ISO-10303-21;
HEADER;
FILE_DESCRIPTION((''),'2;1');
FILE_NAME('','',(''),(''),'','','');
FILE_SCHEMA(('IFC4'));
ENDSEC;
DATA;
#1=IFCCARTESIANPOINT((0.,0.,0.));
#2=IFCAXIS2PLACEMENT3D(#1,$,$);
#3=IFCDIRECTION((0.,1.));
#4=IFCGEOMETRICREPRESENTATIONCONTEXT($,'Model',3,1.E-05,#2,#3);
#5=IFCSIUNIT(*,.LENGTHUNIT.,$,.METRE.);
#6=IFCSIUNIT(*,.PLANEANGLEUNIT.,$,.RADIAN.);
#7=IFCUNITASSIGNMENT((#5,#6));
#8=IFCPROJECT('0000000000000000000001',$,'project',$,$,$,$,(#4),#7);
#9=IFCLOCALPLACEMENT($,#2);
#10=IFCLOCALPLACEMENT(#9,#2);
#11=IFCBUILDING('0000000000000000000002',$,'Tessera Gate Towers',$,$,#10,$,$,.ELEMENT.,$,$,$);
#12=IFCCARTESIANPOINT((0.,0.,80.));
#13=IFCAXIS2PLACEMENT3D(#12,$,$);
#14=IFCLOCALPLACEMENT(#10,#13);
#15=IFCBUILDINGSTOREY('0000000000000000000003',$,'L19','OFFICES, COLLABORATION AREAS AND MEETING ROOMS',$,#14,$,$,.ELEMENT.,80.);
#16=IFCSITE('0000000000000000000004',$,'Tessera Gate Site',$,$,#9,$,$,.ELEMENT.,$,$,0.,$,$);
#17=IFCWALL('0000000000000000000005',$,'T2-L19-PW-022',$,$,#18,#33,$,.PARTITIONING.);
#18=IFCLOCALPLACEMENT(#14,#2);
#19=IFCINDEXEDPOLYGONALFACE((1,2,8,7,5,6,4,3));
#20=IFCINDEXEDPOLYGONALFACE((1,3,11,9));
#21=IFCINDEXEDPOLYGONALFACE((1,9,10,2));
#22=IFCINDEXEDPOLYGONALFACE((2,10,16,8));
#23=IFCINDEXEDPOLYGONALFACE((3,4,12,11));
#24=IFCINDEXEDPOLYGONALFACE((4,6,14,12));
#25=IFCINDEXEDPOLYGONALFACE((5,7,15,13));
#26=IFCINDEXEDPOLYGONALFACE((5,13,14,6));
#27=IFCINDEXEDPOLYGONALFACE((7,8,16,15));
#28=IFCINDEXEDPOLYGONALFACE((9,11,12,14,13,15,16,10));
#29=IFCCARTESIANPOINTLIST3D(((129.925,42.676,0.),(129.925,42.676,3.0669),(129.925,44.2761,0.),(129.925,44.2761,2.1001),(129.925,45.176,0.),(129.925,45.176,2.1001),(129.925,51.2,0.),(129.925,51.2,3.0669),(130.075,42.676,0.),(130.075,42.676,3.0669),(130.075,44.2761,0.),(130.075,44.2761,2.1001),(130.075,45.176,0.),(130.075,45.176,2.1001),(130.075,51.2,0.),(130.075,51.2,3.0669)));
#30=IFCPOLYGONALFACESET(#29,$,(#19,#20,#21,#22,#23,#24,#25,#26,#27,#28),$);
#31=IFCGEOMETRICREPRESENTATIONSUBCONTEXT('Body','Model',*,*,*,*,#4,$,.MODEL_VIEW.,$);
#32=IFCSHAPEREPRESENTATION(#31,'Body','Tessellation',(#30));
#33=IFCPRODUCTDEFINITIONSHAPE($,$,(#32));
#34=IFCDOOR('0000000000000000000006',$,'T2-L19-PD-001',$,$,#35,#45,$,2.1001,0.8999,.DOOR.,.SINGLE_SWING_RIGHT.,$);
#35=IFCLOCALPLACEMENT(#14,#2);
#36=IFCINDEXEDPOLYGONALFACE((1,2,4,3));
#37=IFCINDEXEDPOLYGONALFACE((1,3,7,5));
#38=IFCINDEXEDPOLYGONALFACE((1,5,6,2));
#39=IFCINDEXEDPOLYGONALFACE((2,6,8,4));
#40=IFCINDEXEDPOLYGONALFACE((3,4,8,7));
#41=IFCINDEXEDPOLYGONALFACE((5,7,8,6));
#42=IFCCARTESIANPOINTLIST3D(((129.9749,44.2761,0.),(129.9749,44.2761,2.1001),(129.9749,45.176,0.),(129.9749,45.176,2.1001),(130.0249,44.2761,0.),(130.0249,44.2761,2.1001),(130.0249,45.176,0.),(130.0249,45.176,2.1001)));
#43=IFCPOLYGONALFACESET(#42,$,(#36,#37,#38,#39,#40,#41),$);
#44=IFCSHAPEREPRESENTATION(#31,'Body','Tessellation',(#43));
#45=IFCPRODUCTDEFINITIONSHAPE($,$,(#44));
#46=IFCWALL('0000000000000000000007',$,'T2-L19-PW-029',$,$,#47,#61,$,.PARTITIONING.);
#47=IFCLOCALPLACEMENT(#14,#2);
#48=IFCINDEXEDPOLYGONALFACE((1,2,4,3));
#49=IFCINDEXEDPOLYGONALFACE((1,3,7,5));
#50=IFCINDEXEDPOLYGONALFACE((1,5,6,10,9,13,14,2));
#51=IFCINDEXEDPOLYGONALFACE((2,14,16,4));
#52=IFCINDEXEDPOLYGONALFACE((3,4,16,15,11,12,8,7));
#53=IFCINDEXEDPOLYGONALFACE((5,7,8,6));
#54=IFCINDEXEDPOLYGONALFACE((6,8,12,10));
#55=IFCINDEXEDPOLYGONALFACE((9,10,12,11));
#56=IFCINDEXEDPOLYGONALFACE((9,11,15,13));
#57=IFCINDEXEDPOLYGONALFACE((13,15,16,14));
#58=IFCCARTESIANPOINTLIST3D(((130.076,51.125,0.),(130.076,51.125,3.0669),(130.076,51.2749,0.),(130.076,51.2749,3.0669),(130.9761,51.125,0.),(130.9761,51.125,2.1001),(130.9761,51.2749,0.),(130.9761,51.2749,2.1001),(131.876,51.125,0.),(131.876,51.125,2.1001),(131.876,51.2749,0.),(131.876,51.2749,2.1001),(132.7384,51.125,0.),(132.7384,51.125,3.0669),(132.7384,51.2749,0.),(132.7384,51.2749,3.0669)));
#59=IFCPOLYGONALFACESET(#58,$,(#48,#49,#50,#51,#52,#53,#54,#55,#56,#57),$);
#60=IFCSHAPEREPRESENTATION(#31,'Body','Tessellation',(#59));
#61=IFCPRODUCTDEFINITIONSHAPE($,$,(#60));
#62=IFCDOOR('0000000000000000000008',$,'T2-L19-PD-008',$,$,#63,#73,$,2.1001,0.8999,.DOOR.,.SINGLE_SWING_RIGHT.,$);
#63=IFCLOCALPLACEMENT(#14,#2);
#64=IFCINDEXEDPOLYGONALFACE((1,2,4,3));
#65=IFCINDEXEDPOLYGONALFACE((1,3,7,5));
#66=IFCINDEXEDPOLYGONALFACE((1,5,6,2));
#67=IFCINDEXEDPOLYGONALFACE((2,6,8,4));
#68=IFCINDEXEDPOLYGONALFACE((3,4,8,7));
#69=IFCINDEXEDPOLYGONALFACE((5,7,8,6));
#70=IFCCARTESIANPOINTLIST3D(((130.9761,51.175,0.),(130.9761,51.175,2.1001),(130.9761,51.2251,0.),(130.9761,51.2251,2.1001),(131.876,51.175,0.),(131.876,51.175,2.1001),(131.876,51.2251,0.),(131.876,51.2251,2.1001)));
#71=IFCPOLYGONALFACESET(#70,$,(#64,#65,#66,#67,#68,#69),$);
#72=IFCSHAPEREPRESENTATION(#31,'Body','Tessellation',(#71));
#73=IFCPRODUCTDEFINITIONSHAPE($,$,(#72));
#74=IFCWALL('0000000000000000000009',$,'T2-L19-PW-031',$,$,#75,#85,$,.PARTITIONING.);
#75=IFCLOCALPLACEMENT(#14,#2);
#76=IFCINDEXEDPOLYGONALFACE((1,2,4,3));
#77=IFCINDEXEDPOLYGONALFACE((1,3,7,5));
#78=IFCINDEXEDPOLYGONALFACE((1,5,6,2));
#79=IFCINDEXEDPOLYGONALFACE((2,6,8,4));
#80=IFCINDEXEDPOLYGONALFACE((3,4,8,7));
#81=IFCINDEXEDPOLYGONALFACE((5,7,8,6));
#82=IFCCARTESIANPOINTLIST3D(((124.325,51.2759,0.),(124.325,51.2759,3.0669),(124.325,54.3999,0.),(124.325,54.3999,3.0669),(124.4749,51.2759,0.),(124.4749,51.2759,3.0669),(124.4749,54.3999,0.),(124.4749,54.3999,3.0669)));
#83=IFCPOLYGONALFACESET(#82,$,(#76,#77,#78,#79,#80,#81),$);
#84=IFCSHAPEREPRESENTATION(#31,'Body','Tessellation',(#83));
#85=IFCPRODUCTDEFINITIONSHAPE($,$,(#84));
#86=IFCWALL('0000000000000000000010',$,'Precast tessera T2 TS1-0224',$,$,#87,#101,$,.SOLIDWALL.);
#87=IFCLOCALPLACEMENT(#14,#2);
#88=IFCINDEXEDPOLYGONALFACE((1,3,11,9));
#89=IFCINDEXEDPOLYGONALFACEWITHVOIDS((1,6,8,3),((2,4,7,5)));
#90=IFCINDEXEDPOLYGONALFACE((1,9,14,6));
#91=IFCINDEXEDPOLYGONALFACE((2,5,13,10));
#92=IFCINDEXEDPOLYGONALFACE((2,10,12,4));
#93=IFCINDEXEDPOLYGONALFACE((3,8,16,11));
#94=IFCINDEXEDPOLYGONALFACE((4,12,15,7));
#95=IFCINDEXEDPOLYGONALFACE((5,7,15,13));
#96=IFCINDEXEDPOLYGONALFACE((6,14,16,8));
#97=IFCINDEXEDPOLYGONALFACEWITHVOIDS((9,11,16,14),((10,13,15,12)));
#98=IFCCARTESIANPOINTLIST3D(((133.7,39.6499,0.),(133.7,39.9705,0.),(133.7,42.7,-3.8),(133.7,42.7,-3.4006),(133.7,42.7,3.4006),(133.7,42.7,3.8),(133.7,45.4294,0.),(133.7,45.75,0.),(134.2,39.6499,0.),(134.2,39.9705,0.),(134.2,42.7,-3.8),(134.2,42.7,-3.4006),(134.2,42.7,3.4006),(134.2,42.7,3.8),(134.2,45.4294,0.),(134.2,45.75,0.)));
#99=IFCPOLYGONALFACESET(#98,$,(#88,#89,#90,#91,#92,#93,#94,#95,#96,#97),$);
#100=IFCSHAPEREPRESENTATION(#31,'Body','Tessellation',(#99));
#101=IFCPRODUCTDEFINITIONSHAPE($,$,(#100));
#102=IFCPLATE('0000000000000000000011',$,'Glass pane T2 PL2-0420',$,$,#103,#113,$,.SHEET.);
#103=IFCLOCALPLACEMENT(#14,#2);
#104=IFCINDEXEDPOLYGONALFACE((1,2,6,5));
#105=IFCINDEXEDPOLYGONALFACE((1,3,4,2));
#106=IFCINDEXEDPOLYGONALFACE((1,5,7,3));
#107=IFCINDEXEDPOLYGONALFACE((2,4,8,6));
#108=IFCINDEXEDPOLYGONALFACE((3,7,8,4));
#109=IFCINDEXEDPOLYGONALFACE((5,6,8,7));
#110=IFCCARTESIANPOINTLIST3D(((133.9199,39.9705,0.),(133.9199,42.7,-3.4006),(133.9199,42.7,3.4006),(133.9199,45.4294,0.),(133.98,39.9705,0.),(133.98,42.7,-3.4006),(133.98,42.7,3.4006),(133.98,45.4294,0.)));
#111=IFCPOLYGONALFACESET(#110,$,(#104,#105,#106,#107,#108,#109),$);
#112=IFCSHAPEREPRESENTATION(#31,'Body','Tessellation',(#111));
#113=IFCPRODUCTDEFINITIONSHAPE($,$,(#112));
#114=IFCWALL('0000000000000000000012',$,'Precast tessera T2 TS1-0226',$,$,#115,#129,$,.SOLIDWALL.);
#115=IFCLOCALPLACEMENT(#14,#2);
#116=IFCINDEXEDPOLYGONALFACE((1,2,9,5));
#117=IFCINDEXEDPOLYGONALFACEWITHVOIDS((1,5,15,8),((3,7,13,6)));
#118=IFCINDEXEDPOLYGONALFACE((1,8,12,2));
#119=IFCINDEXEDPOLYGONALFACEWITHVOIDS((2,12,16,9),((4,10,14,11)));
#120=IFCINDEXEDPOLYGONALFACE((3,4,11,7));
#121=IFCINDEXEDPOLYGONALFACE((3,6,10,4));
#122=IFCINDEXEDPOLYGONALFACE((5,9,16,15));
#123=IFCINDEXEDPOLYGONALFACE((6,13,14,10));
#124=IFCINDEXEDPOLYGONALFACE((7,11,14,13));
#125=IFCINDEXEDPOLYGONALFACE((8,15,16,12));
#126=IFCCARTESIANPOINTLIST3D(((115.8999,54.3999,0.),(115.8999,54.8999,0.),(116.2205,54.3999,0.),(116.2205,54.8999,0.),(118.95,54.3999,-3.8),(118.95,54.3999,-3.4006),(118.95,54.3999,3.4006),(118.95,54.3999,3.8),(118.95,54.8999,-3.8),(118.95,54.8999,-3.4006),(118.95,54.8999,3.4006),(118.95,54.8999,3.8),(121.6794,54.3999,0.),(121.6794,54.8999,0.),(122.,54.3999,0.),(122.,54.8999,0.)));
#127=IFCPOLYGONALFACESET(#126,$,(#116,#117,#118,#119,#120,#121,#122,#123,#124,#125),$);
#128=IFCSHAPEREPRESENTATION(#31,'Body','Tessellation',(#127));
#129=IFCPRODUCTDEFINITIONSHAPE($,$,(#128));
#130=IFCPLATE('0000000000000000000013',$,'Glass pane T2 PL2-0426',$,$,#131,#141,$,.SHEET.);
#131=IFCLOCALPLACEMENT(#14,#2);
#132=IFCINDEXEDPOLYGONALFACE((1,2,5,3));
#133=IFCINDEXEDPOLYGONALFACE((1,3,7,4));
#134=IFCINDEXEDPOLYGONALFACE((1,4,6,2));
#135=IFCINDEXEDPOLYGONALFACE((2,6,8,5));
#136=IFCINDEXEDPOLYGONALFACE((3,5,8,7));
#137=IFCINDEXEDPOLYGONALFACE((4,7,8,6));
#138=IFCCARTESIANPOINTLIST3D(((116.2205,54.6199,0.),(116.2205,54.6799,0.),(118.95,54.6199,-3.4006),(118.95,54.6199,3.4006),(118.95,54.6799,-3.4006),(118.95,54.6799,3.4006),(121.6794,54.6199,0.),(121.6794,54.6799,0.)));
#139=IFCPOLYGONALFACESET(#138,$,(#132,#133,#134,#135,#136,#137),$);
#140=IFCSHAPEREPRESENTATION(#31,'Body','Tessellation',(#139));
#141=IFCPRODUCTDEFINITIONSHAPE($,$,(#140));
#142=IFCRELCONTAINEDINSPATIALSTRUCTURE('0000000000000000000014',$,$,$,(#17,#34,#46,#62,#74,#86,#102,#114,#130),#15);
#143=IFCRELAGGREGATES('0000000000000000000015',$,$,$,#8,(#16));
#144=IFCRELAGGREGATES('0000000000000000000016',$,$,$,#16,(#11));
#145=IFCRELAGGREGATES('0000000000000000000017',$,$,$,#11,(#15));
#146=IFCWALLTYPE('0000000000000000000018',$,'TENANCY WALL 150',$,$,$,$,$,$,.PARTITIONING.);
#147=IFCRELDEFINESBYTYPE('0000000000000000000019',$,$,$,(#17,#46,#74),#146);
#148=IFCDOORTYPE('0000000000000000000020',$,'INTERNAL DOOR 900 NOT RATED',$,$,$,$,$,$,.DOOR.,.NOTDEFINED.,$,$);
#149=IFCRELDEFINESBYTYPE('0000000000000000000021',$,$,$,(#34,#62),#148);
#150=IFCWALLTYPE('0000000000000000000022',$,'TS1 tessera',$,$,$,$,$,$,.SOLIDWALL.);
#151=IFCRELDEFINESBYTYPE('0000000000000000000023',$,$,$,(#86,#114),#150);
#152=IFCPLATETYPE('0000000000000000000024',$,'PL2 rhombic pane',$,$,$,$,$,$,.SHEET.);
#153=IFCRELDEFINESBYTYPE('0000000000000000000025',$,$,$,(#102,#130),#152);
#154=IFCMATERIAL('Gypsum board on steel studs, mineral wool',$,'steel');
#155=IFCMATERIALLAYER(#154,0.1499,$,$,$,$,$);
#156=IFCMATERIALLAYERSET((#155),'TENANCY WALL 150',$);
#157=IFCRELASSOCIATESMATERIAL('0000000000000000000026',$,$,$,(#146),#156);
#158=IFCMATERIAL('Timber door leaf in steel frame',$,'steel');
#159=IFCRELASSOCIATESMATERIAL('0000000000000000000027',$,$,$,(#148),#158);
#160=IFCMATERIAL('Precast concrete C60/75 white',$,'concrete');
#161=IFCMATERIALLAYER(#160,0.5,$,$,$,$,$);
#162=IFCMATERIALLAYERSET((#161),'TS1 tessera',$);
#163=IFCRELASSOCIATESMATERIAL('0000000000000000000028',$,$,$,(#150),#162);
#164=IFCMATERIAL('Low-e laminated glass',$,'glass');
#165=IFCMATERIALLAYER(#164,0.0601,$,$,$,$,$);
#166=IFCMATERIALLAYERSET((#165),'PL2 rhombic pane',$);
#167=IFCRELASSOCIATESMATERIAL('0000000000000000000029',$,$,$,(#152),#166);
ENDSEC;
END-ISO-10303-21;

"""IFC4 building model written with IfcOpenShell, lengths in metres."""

from ifc_helpers import new_model, si_unit, direction, frame, frame_2d, origin, place, context, subcontext, project, spatial, polyline, rectangle, outline, extrude, source, transform, mapped, material, layer, layer_set, type_object, element, fill, save


model = new_model("IFC4")

# Units and contexts
model_context = context("Model", 3, precision=1e-05, world=origin(), true_north=direction((0.0, 1.0)))
body_context = subcontext(model_context, "Body", "Model", "MODEL_VIEW")
ifc_project = project(units=[si_unit("LENGTHUNIT", "METRE"), si_unit("PLANEANGLEUNIT", "RADIAN")], contexts=[model_context])

# Site, building, storey
site_placement = place(None, origin())
site = spatial("IfcSite", under=ifc_project, at=site_placement, Name="Tessera Gate Site", CompositionType="ELEMENT", RefElevation=0.0)
building_placement = place(site_placement, origin())
building = spatial("IfcBuilding", under=site, at=building_placement, Name="Tessera Gate Towers", CompositionType="ELEMENT")
storey_placement = place(building_placement, frame((0.0, 0.0, 80.0)))
storey = spatial("IfcBuildingStorey", under=building, at=storey_placement, Name="L19", Description="OFFICES, COLLABORATION AREAS AND MEETING ROOMS", CompositionType="ELEMENT", Elevation=80.0)

# Shared definitions
ifc_material_1 = material(Name="Gypsum board on steel studs, mineral wool", Category="steel")
ifc_layer_1 = layer(ifc_material_1, 0.1499)
ifc_layer_set_1 = layer_set([ifc_layer_1], Name="TENANCY WALL 150")
wall_type_1 = type_object("IfcWallType", Name="TENANCY WALL 150", PredefinedType="PARTITIONING", material=ifc_layer_set_1)
shared_shape_1 = source(origin(), body_context, "Body", "SweptSolid", [
    extrude(rectangle(XDim=0.8999, YDim=2.1001, at=frame_2d((0.45, 1.05))), frame((0.0, 0.085, 0.0), z_axis=(0.0, -1.0, 0.0), x_axis=(1.0, 0.0, 0.0)), (0.0, 0.0, 1.0), 0.1699),
])
ifc_material_2 = material(Name="Timber door leaf in steel frame", Category="steel")
door_type_1 = type_object("IfcDoorType", Name="INTERNAL DOOR 900 NOT RATED", OperationType="NOTDEFINED", PredefinedType="DOOR", material=ifc_material_2)
shared_shape_2 = source(origin(), body_context, "Body", "SweptSolid", [
    extrude(rectangle(XDim=0.8999, YDim=2.1001, at=frame_2d((0.45, 1.05))), frame((0.0, 0.0249, 0.0), z_axis=(0.0, -1.0, 0.0), x_axis=(1.0, 0.0, 0.0)), (0.0, 0.0, 1.0), 0.05),
])

# Walls, openings, doors
wall_1_placement = place(storey_placement, frame((130.0, 51.2, 0.0), z_axis=(0.0, 0.0, 1.0), x_axis=(0.0, -1.0, 0.0)))
wall_1 = element("IfcWall", 1, at=wall_1_placement, inside=storey, type_object=wall_type_1, Name="T2-L19-PW-022", PredefinedType="PARTITIONING", context=body_context, shape_type="SweptSolid", body=[
    extrude(rectangle(XDim=8.5239, YDim=0.1499, at=frame_2d((4.262, 0.0))), origin(), (0.0, 0.0, 1.0), 3.0669),
])
opening_1_placement = place(wall_1_placement, frame((6.0239, 0.0, 0.0)))
opening_1 = element("IfcOpeningElement", 2, at=opening_1_placement, cuts=wall_1, PredefinedType="OPENING", context=body_context, shape_type="MappedRepresentation", body=[
    mapped(shared_shape_1, transform((0.0, 0.0, 0.0), scale=1.0)),
])
door_1_placement = place(opening_1_placement, origin())
door_1 = element("IfcDoor", 3, at=door_1_placement, inside=storey, type_object=door_type_1, Name="T2-L19-PD-001", OperationType="SINGLE_SWING_RIGHT", OverallHeight=2.1001, OverallWidth=0.8999, PredefinedType="DOOR", context=body_context, shape_type="MappedRepresentation", body=[
    mapped(shared_shape_2, transform((0.0, 0.0, 0.0), scale=1.0)),
])
fill(opening_1, door_1)
wall_2_placement = place(storey_placement, frame((132.7383, 51.2, 0.0), z_axis=(0.0, 0.0, 1.0), x_axis=(-1.0, 0.0, 0.0)))
wall_2 = element("IfcWall", 4, at=wall_2_placement, inside=storey, type_object=wall_type_1, Name="T2-L19-PW-029", PredefinedType="PARTITIONING", context=body_context, shape_type="SweptSolid", body=[
    extrude(rectangle(XDim=2.6624, YDim=0.1499, at=frame_2d((1.3311, 0.0))), origin(), (0.0, 0.0, 1.0), 3.0669),
])
opening_2_placement = place(wall_2_placement, frame((0.8623, 0.0, 0.0)))
opening_2 = element("IfcOpeningElement", 5, at=opening_2_placement, cuts=wall_2, PredefinedType="OPENING", context=body_context, shape_type="MappedRepresentation", body=[
    mapped(shared_shape_1, transform((0.0, 0.0, 0.0), scale=1.0)),
])
door_2_placement = place(opening_2_placement, origin())
door_2 = element("IfcDoor", 6, at=door_2_placement, inside=storey, type_object=door_type_1, Name="T2-L19-PD-008", OperationType="SINGLE_SWING_RIGHT", OverallHeight=2.1001, OverallWidth=0.8999, PredefinedType="DOOR", context=body_context, shape_type="MappedRepresentation", body=[
    mapped(shared_shape_2, transform((0.0, 0.0, 0.0), scale=1.0)),
])
fill(opening_2, door_2)

# Wall
wall_3_placement = place(storey_placement, frame((124.3999, 51.2759, 0.0), z_axis=(0.0, 0.0, 1.0), x_axis=(0.0, 1.0, 0.0)))
element("IfcWall", 7, at=wall_3_placement, inside=storey, type_object=wall_type_1, Name="T2-L19-PW-031", PredefinedType="PARTITIONING", context=body_context, shape_type="SweptSolid", body=[
    extrude(rectangle(XDim=3.124, YDim=0.1499, at=frame_2d((1.562, 0.0))), origin(), (0.0, 0.0, 1.0), 3.0669),
])

# Walls, openings, plates
ifc_material_3 = material(Name="Precast concrete C60/75 white", Category="concrete")
ifc_layer_2 = layer(ifc_material_3, 0.5)
ifc_layer_set_2 = layer_set([ifc_layer_2], Name="TS1 tessera")
wall_type_2 = type_object("IfcWallType", Name="TS1 tessera", PredefinedType="SOLIDWALL", material=ifc_layer_set_2)
shared_shape_3 = source(origin(), body_context, "Body", "SweptSolid", [
    extrude(outline(polyline([(3.05, 0.0), (6.1001, 3.8), (3.05, 7.6001), (0.0, 3.8), (3.05, 0.0)])), frame((0.0, 0.25, 0.0), z_axis=(0.0, -1.0, 0.0), x_axis=(1.0, 0.0, 0.0)), (0.0, 0.0, 1.0), 0.5),
])
wall_4_placement = place(storey_placement, frame((133.95, 39.6499, -3.8), z_axis=(0.0, 0.0, 1.0), x_axis=(0.0, 1.0, 0.0)))
wall_4 = element("IfcWall", 8, at=wall_4_placement, inside=storey, type_object=wall_type_2, Name="Precast tessera T2 TS1-0224", PredefinedType="SOLIDWALL", context=body_context, shape_type="MappedRepresentation", body=[
    mapped(shared_shape_3, transform((0.0, 0.0, 0.0), scale=1.0)),
])
shared_shape_4 = source(origin(), body_context, "Body", "SweptSolid", [
    extrude(outline(polyline([(3.05, 0.3994), (5.7795, 3.8), (3.05, 7.2007), (0.3206, 3.8), (3.05, 0.3994)])), frame((0.0, 0.26, 0.0), z_axis=(0.0, -1.0, 0.0), x_axis=(1.0, 0.0, 0.0)), (0.0, 0.0, 1.0), 0.52),
])
opening_3_placement = place(wall_4_placement, origin())
opening_3 = element("IfcOpeningElement", 9, at=opening_3_placement, cuts=wall_4, PredefinedType="OPENING", context=body_context, shape_type="MappedRepresentation", body=[
    mapped(shared_shape_4, transform((0.0, 0.0, 0.0), scale=1.0)),
])
ifc_material_4 = material(Name="Low-e laminated glass", Category="glass")
ifc_layer_3 = layer(ifc_material_4, 0.0601)
ifc_layer_set_3 = layer_set([ifc_layer_3], Name="PL2 rhombic pane")
plate_type = type_object("IfcPlateType", Name="PL2 rhombic pane", PredefinedType="SHEET", material=ifc_layer_set_3)
shared_shape_5 = source(origin(), body_context, "Body", "SweptSolid", [
    extrude(outline(polyline([(3.05, 0.3994), (5.7795, 3.8), (3.05, 7.2007), (0.3206, 3.8), (3.05, 0.3994)])), frame((0.0, 0.03, 0.0), z_axis=(0.0, -1.0, 0.0), x_axis=(1.0, 0.0, 0.0)), (0.0, 0.0, 1.0), 0.0601),
])
plate_1_placement = place(opening_3_placement, origin())
plate_1 = element("IfcPlate", 10, at=plate_1_placement, inside=storey, type_object=plate_type, Name="Glass pane T2 PL2-0420", PredefinedType="SHEET", context=body_context, shape_type="MappedRepresentation", body=[
    mapped(shared_shape_5, transform((0.0, 0.0, 0.0), scale=1.0)),
])
fill(opening_3, plate_1)
wall_5_placement = place(storey_placement, frame((122.0, 54.6499, -3.8), z_axis=(0.0, 0.0, 1.0), x_axis=(-1.0, 0.0, 0.0)))
wall_5 = element("IfcWall", 11, at=wall_5_placement, inside=storey, type_object=wall_type_2, Name="Precast tessera T2 TS1-0226", PredefinedType="SOLIDWALL", context=body_context, shape_type="MappedRepresentation", body=[
    mapped(shared_shape_3, transform((0.0, 0.0, 0.0), scale=1.0)),
])
opening_4_placement = place(wall_5_placement, origin())
opening_4 = element("IfcOpeningElement", 12, at=opening_4_placement, cuts=wall_5, PredefinedType="OPENING", context=body_context, shape_type="MappedRepresentation", body=[
    mapped(shared_shape_4, transform((0.0, 0.0, 0.0), scale=1.0)),
])
plate_2_placement = place(opening_4_placement, origin())
plate_2 = element("IfcPlate", 13, at=plate_2_placement, inside=storey, type_object=plate_type, Name="Glass pane T2 PL2-0426", PredefinedType="SHEET", context=body_context, shape_type="MappedRepresentation", body=[
    mapped(shared_shape_5, transform((0.0, 0.0, 0.0), scale=1.0)),
])
fill(opening_4, plate_2)

save(model, "model.ifc")
